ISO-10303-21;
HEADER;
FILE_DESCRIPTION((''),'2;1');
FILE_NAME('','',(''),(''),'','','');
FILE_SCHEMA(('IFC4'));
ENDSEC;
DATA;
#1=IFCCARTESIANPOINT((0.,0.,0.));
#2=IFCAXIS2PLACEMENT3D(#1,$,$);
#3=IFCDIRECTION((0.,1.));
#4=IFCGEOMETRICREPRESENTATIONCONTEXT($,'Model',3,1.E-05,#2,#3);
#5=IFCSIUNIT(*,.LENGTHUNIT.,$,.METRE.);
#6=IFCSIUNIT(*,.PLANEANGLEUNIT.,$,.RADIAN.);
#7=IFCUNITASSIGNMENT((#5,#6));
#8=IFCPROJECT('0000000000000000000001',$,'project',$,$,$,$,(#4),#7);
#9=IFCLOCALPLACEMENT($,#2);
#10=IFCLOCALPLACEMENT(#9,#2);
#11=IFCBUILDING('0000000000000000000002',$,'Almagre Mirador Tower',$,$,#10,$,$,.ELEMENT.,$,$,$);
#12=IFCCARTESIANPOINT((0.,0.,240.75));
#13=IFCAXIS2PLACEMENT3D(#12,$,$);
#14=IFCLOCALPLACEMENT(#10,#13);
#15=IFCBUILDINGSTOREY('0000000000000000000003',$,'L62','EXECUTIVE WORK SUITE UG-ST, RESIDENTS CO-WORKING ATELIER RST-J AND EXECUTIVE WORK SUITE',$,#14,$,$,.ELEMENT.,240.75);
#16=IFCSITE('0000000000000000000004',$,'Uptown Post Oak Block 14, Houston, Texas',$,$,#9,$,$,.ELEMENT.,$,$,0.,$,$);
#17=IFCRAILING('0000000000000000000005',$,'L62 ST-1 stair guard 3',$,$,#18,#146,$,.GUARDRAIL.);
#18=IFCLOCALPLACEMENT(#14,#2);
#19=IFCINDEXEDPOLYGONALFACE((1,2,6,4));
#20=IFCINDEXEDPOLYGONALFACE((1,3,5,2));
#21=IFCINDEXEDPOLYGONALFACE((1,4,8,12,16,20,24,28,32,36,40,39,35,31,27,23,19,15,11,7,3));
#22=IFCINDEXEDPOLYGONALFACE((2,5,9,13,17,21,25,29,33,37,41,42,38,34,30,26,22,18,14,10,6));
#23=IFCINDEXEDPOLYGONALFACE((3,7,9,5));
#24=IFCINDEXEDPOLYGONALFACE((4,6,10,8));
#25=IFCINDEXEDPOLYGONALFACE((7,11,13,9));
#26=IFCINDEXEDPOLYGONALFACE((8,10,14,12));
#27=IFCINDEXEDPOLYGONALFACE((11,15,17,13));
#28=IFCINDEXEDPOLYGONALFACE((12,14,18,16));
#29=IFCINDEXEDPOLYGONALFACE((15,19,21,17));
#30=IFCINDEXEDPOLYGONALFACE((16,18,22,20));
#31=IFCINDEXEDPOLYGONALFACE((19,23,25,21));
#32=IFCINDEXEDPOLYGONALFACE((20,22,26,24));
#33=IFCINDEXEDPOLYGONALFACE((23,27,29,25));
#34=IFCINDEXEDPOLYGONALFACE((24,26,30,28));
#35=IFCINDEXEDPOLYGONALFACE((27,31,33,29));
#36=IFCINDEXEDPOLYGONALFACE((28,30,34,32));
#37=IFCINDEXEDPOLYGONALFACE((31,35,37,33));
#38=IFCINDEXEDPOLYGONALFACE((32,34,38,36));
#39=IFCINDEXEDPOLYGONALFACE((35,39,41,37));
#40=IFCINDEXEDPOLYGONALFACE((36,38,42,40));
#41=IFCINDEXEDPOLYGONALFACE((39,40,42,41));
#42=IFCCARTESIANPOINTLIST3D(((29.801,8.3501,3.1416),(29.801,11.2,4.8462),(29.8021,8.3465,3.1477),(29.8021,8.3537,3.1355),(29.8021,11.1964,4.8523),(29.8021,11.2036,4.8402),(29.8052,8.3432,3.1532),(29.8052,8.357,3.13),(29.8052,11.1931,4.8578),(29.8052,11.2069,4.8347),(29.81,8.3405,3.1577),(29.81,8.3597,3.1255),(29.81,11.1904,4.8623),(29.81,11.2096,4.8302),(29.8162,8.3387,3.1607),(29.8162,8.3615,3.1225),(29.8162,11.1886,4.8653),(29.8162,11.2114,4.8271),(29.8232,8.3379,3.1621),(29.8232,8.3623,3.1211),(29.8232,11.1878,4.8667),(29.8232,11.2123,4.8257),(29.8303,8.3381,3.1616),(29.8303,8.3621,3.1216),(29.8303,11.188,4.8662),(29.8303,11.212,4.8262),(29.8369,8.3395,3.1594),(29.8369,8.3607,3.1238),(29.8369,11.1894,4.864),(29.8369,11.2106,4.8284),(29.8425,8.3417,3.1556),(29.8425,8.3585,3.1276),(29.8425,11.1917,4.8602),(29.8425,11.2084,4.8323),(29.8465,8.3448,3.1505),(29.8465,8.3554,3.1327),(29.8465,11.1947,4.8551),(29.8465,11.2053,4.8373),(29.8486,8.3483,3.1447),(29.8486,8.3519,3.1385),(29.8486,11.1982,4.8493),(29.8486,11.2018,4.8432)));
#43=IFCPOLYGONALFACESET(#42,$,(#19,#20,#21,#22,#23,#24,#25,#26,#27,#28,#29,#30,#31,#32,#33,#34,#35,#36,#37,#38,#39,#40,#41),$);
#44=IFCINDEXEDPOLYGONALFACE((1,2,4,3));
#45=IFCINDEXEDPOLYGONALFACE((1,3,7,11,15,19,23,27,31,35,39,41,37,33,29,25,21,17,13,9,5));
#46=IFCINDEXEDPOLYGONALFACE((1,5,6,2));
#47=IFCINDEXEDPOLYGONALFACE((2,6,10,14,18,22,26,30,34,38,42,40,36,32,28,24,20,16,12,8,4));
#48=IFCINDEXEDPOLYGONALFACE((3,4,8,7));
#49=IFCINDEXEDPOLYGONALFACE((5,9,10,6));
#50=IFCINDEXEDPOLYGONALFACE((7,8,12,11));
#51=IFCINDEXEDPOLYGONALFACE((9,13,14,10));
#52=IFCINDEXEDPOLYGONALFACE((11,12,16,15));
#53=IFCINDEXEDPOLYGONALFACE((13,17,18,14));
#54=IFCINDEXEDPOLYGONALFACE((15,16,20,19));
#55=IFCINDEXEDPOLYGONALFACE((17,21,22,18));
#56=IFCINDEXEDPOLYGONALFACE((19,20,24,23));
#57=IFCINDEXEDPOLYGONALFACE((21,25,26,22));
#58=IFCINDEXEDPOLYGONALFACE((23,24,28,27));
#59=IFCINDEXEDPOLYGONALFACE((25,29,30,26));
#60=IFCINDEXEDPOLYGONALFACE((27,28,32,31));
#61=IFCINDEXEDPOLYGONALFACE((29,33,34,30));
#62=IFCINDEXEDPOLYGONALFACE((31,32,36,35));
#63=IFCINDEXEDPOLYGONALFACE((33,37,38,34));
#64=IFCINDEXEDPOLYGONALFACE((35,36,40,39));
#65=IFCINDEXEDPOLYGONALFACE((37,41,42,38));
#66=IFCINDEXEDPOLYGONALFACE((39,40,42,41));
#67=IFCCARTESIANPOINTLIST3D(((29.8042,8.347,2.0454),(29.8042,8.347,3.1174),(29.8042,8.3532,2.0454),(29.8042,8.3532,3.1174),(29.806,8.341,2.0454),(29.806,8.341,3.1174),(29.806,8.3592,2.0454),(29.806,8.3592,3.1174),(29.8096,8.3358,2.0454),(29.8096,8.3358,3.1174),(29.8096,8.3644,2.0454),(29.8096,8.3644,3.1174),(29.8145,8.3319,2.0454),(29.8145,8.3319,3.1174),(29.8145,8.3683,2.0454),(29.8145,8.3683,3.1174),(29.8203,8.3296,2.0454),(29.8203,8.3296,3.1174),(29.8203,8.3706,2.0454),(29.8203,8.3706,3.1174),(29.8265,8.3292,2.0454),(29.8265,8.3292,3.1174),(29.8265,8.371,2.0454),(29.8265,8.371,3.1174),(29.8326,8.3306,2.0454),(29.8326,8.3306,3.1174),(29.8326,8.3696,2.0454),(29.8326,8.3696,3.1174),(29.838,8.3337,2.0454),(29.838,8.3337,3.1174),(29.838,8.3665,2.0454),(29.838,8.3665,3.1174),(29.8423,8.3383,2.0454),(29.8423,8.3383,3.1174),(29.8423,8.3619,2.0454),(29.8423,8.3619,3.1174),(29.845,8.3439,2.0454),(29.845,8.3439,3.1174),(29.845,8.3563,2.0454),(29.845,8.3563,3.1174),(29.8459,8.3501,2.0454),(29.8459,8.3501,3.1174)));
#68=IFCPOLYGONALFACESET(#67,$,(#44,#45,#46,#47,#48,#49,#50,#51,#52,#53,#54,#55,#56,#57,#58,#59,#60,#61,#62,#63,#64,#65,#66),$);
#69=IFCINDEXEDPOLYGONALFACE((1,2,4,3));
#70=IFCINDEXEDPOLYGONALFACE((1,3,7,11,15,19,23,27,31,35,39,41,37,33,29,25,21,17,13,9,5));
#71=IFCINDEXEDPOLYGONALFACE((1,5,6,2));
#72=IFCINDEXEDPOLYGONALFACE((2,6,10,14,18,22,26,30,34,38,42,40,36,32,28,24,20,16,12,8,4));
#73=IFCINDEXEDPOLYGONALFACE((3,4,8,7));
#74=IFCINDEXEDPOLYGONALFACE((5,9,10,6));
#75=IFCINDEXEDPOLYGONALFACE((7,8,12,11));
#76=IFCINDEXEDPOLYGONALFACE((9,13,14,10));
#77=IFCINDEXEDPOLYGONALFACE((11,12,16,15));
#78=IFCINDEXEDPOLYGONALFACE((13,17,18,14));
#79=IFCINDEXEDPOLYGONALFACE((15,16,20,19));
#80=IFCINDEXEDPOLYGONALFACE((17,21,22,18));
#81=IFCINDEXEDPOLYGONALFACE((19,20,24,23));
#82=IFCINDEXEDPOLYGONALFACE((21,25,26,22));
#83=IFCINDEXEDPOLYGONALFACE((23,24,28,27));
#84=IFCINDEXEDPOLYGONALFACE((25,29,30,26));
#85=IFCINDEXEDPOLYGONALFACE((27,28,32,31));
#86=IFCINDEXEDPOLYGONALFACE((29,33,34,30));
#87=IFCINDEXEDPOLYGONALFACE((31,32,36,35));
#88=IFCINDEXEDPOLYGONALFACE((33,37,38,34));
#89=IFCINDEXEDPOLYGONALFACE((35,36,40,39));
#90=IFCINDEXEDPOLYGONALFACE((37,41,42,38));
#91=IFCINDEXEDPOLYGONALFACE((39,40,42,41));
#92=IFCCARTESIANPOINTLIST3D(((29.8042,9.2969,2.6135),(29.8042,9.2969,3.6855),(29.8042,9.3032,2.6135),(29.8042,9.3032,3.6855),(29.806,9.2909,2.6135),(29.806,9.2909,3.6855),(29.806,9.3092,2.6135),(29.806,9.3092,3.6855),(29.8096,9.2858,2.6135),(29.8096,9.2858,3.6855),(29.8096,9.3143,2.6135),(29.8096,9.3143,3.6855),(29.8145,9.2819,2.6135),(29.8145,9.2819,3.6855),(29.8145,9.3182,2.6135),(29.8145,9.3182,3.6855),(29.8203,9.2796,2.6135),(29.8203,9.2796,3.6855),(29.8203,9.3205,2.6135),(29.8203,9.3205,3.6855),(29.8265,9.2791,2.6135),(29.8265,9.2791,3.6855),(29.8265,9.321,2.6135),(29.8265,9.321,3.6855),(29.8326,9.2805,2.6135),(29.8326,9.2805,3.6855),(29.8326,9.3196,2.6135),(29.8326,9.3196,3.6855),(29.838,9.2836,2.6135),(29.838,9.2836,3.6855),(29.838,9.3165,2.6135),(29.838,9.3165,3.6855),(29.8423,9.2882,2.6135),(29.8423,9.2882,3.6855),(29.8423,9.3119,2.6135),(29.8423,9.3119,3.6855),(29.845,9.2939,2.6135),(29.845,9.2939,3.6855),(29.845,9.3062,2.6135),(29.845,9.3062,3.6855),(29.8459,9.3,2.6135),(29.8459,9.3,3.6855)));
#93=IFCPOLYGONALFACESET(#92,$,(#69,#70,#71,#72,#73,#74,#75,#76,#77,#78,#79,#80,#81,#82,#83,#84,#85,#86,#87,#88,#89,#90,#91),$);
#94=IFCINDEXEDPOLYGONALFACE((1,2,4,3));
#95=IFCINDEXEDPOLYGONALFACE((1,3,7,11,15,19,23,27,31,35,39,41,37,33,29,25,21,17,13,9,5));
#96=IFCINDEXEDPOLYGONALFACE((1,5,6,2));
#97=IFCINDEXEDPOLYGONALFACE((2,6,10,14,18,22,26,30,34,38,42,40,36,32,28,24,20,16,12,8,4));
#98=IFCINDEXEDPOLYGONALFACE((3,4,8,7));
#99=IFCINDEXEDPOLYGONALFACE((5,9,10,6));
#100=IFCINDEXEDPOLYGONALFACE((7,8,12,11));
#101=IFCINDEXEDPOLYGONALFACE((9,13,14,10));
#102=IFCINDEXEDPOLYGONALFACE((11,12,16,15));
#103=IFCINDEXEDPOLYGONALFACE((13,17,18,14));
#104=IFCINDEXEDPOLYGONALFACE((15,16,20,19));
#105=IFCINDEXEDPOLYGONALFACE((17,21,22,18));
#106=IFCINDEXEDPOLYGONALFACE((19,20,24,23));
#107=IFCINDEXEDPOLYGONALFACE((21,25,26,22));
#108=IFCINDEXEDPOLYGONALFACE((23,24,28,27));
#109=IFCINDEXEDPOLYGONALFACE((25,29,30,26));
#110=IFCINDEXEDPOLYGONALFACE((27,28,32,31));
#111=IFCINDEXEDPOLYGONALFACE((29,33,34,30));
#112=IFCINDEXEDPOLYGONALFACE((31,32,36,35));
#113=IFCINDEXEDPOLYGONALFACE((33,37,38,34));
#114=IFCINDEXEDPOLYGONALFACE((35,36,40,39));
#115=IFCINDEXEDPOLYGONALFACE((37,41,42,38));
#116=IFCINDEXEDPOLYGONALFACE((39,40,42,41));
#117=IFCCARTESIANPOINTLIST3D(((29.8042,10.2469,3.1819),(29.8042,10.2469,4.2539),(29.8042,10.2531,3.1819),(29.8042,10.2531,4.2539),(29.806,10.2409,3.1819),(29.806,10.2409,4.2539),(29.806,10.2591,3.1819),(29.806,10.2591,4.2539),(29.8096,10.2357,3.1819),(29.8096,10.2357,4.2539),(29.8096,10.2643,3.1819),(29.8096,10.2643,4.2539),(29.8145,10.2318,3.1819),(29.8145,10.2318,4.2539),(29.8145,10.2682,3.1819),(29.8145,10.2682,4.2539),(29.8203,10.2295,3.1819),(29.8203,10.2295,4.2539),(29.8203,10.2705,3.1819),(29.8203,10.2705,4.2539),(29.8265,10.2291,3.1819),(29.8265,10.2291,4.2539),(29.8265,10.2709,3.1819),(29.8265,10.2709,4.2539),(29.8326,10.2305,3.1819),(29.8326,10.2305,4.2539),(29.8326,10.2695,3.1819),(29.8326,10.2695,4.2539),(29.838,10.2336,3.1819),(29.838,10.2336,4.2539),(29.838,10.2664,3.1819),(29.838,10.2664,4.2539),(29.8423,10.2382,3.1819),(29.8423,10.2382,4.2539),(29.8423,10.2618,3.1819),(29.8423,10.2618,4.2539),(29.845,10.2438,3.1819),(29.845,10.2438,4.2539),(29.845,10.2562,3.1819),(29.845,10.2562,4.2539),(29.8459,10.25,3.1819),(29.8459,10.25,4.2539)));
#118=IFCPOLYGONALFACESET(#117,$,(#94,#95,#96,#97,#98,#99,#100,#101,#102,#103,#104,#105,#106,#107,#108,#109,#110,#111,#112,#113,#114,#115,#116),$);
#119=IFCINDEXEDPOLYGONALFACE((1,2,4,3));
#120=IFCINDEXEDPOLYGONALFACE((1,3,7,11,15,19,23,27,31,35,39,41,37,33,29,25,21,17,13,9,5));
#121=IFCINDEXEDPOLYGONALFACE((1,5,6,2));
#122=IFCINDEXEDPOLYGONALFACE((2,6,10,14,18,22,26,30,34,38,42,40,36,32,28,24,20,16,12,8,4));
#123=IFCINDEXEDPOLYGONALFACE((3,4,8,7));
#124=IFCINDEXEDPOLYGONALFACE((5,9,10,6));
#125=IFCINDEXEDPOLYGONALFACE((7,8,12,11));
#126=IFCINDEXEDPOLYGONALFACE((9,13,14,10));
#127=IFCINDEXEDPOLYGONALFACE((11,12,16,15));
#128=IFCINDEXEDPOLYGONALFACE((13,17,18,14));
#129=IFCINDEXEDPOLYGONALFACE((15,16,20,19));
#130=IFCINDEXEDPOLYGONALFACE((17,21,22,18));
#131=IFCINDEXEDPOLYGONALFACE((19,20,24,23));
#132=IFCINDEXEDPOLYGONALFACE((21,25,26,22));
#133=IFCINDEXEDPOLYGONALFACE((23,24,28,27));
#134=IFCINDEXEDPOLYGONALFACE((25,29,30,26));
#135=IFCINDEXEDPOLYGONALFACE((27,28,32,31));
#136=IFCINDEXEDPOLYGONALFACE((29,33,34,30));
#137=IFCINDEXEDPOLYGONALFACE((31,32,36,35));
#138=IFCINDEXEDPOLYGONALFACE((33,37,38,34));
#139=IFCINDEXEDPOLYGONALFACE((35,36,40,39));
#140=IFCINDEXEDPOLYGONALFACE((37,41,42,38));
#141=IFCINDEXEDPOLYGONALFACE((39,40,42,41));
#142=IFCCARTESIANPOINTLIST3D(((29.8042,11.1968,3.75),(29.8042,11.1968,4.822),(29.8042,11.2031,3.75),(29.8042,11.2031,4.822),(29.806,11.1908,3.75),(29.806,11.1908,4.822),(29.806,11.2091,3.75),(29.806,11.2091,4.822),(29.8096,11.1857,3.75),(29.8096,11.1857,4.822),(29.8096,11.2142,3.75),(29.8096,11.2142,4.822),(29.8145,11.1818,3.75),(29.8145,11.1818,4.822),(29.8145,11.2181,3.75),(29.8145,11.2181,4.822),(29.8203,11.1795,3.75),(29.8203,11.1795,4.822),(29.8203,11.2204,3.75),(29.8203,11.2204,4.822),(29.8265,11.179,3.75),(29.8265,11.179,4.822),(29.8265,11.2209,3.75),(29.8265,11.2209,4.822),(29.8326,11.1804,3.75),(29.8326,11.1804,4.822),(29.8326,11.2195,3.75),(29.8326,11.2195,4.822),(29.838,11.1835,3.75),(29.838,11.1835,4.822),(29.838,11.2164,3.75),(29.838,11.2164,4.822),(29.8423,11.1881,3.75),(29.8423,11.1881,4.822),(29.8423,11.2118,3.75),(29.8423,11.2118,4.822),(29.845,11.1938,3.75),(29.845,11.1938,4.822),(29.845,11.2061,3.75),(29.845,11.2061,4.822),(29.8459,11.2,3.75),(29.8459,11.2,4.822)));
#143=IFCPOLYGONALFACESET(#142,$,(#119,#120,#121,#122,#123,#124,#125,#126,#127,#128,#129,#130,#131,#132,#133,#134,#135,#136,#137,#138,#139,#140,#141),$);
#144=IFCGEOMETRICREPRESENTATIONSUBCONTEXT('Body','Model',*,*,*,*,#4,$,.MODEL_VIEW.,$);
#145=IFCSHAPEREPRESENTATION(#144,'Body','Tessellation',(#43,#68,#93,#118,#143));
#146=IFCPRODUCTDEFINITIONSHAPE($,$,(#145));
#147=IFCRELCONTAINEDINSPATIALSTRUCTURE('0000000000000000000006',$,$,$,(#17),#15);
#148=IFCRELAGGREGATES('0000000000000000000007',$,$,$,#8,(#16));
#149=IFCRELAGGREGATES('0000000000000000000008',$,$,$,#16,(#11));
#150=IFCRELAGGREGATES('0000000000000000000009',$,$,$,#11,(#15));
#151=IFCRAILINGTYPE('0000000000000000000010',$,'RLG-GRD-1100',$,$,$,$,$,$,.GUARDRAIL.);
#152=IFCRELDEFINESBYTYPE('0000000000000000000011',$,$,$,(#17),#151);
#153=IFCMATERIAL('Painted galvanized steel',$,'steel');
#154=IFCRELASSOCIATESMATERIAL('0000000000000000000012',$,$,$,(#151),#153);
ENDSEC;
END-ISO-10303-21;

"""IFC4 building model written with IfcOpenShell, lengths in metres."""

from ifc_helpers import new_model, si_unit, direction, frame, origin, origin_2d, place, context, subcontext, project, spatial, circle, extrude, material, type_object, element, save


model = new_model("IFC4")

# Units and contexts
model_context = context("Model", 3, precision=1e-05, world=origin(), true_north=direction((0.0, 1.0)))
body_context = subcontext(model_context, "Body", "Model", "MODEL_VIEW")
ifc_project = project(units=[si_unit("LENGTHUNIT", "METRE"), si_unit("PLANEANGLEUNIT", "RADIAN")], contexts=[model_context])

# Site, building, storey
site_placement = place(None, origin())
site = spatial("IfcSite", under=ifc_project, at=site_placement, Name="Uptown Post Oak Block 14, Houston, Texas", CompositionType="ELEMENT", RefElevation=0.0)
building_placement = place(site_placement, origin())
building = spatial("IfcBuilding", under=site, at=building_placement, Name="Almagre Mirador Tower", CompositionType="ELEMENT")
storey_placement = place(building_placement, frame((0.0, 0.0, 240.75)))
storey = spatial("IfcBuildingStorey", under=building, at=storey_placement, Name="L62", Description="EXECUTIVE WORK SUITE UG-ST, RESIDENTS CO-WORKING ATELIER RST-J AND EXECUTIVE WORK SUITE", CompositionType="ELEMENT", Elevation=240.75)

# Railing
ifc_material_1 = material(Name="Painted galvanized steel", Category="steel")
railing_type = type_object("IfcRailingType", Name="RLG-GRD-1100", PredefinedType="GUARDRAIL", material=ifc_material_1)
railing_1_placement = place(storey_placement, frame((29.825, 8.3501, 2.0454)))
element("IfcRailing", 1, at=railing_1_placement, inside=storey, type_object=railing_type, Name="L62 ST-1 stair guard 3", PredefinedType="GUARDRAIL", context=body_context, shape_type="SweptSolid", body=[
    extrude(circle(Radius=0.0239, at=origin_2d()), frame((0.0, 0.0, 1.0962), z_axis=(0.0, 0.858199, 0.513317), x_axis=(-1.0, 0.0, 0.0)), (0.0, 0.0, 1.0), 3.3208),
    extrude(circle(Radius=0.021, at=origin_2d()), origin(), (0.0, 0.0, 1.0), 1.072),
    extrude(circle(Radius=0.021, at=origin_2d()), frame((0.0, 0.95, 0.5681)), (0.0, 0.0, 1.0), 1.072),
    extrude(circle(Radius=0.021, at=origin_2d()), frame((0.0, 1.8999, 1.1365)), (0.0, 0.0, 1.0), 1.072),
    extrude(circle(Radius=0.021, at=origin_2d()), frame((0.0, 2.8499, 1.7046)), (0.0, 0.0, 1.0), 1.072),
])

save(model, "model.ifc")
